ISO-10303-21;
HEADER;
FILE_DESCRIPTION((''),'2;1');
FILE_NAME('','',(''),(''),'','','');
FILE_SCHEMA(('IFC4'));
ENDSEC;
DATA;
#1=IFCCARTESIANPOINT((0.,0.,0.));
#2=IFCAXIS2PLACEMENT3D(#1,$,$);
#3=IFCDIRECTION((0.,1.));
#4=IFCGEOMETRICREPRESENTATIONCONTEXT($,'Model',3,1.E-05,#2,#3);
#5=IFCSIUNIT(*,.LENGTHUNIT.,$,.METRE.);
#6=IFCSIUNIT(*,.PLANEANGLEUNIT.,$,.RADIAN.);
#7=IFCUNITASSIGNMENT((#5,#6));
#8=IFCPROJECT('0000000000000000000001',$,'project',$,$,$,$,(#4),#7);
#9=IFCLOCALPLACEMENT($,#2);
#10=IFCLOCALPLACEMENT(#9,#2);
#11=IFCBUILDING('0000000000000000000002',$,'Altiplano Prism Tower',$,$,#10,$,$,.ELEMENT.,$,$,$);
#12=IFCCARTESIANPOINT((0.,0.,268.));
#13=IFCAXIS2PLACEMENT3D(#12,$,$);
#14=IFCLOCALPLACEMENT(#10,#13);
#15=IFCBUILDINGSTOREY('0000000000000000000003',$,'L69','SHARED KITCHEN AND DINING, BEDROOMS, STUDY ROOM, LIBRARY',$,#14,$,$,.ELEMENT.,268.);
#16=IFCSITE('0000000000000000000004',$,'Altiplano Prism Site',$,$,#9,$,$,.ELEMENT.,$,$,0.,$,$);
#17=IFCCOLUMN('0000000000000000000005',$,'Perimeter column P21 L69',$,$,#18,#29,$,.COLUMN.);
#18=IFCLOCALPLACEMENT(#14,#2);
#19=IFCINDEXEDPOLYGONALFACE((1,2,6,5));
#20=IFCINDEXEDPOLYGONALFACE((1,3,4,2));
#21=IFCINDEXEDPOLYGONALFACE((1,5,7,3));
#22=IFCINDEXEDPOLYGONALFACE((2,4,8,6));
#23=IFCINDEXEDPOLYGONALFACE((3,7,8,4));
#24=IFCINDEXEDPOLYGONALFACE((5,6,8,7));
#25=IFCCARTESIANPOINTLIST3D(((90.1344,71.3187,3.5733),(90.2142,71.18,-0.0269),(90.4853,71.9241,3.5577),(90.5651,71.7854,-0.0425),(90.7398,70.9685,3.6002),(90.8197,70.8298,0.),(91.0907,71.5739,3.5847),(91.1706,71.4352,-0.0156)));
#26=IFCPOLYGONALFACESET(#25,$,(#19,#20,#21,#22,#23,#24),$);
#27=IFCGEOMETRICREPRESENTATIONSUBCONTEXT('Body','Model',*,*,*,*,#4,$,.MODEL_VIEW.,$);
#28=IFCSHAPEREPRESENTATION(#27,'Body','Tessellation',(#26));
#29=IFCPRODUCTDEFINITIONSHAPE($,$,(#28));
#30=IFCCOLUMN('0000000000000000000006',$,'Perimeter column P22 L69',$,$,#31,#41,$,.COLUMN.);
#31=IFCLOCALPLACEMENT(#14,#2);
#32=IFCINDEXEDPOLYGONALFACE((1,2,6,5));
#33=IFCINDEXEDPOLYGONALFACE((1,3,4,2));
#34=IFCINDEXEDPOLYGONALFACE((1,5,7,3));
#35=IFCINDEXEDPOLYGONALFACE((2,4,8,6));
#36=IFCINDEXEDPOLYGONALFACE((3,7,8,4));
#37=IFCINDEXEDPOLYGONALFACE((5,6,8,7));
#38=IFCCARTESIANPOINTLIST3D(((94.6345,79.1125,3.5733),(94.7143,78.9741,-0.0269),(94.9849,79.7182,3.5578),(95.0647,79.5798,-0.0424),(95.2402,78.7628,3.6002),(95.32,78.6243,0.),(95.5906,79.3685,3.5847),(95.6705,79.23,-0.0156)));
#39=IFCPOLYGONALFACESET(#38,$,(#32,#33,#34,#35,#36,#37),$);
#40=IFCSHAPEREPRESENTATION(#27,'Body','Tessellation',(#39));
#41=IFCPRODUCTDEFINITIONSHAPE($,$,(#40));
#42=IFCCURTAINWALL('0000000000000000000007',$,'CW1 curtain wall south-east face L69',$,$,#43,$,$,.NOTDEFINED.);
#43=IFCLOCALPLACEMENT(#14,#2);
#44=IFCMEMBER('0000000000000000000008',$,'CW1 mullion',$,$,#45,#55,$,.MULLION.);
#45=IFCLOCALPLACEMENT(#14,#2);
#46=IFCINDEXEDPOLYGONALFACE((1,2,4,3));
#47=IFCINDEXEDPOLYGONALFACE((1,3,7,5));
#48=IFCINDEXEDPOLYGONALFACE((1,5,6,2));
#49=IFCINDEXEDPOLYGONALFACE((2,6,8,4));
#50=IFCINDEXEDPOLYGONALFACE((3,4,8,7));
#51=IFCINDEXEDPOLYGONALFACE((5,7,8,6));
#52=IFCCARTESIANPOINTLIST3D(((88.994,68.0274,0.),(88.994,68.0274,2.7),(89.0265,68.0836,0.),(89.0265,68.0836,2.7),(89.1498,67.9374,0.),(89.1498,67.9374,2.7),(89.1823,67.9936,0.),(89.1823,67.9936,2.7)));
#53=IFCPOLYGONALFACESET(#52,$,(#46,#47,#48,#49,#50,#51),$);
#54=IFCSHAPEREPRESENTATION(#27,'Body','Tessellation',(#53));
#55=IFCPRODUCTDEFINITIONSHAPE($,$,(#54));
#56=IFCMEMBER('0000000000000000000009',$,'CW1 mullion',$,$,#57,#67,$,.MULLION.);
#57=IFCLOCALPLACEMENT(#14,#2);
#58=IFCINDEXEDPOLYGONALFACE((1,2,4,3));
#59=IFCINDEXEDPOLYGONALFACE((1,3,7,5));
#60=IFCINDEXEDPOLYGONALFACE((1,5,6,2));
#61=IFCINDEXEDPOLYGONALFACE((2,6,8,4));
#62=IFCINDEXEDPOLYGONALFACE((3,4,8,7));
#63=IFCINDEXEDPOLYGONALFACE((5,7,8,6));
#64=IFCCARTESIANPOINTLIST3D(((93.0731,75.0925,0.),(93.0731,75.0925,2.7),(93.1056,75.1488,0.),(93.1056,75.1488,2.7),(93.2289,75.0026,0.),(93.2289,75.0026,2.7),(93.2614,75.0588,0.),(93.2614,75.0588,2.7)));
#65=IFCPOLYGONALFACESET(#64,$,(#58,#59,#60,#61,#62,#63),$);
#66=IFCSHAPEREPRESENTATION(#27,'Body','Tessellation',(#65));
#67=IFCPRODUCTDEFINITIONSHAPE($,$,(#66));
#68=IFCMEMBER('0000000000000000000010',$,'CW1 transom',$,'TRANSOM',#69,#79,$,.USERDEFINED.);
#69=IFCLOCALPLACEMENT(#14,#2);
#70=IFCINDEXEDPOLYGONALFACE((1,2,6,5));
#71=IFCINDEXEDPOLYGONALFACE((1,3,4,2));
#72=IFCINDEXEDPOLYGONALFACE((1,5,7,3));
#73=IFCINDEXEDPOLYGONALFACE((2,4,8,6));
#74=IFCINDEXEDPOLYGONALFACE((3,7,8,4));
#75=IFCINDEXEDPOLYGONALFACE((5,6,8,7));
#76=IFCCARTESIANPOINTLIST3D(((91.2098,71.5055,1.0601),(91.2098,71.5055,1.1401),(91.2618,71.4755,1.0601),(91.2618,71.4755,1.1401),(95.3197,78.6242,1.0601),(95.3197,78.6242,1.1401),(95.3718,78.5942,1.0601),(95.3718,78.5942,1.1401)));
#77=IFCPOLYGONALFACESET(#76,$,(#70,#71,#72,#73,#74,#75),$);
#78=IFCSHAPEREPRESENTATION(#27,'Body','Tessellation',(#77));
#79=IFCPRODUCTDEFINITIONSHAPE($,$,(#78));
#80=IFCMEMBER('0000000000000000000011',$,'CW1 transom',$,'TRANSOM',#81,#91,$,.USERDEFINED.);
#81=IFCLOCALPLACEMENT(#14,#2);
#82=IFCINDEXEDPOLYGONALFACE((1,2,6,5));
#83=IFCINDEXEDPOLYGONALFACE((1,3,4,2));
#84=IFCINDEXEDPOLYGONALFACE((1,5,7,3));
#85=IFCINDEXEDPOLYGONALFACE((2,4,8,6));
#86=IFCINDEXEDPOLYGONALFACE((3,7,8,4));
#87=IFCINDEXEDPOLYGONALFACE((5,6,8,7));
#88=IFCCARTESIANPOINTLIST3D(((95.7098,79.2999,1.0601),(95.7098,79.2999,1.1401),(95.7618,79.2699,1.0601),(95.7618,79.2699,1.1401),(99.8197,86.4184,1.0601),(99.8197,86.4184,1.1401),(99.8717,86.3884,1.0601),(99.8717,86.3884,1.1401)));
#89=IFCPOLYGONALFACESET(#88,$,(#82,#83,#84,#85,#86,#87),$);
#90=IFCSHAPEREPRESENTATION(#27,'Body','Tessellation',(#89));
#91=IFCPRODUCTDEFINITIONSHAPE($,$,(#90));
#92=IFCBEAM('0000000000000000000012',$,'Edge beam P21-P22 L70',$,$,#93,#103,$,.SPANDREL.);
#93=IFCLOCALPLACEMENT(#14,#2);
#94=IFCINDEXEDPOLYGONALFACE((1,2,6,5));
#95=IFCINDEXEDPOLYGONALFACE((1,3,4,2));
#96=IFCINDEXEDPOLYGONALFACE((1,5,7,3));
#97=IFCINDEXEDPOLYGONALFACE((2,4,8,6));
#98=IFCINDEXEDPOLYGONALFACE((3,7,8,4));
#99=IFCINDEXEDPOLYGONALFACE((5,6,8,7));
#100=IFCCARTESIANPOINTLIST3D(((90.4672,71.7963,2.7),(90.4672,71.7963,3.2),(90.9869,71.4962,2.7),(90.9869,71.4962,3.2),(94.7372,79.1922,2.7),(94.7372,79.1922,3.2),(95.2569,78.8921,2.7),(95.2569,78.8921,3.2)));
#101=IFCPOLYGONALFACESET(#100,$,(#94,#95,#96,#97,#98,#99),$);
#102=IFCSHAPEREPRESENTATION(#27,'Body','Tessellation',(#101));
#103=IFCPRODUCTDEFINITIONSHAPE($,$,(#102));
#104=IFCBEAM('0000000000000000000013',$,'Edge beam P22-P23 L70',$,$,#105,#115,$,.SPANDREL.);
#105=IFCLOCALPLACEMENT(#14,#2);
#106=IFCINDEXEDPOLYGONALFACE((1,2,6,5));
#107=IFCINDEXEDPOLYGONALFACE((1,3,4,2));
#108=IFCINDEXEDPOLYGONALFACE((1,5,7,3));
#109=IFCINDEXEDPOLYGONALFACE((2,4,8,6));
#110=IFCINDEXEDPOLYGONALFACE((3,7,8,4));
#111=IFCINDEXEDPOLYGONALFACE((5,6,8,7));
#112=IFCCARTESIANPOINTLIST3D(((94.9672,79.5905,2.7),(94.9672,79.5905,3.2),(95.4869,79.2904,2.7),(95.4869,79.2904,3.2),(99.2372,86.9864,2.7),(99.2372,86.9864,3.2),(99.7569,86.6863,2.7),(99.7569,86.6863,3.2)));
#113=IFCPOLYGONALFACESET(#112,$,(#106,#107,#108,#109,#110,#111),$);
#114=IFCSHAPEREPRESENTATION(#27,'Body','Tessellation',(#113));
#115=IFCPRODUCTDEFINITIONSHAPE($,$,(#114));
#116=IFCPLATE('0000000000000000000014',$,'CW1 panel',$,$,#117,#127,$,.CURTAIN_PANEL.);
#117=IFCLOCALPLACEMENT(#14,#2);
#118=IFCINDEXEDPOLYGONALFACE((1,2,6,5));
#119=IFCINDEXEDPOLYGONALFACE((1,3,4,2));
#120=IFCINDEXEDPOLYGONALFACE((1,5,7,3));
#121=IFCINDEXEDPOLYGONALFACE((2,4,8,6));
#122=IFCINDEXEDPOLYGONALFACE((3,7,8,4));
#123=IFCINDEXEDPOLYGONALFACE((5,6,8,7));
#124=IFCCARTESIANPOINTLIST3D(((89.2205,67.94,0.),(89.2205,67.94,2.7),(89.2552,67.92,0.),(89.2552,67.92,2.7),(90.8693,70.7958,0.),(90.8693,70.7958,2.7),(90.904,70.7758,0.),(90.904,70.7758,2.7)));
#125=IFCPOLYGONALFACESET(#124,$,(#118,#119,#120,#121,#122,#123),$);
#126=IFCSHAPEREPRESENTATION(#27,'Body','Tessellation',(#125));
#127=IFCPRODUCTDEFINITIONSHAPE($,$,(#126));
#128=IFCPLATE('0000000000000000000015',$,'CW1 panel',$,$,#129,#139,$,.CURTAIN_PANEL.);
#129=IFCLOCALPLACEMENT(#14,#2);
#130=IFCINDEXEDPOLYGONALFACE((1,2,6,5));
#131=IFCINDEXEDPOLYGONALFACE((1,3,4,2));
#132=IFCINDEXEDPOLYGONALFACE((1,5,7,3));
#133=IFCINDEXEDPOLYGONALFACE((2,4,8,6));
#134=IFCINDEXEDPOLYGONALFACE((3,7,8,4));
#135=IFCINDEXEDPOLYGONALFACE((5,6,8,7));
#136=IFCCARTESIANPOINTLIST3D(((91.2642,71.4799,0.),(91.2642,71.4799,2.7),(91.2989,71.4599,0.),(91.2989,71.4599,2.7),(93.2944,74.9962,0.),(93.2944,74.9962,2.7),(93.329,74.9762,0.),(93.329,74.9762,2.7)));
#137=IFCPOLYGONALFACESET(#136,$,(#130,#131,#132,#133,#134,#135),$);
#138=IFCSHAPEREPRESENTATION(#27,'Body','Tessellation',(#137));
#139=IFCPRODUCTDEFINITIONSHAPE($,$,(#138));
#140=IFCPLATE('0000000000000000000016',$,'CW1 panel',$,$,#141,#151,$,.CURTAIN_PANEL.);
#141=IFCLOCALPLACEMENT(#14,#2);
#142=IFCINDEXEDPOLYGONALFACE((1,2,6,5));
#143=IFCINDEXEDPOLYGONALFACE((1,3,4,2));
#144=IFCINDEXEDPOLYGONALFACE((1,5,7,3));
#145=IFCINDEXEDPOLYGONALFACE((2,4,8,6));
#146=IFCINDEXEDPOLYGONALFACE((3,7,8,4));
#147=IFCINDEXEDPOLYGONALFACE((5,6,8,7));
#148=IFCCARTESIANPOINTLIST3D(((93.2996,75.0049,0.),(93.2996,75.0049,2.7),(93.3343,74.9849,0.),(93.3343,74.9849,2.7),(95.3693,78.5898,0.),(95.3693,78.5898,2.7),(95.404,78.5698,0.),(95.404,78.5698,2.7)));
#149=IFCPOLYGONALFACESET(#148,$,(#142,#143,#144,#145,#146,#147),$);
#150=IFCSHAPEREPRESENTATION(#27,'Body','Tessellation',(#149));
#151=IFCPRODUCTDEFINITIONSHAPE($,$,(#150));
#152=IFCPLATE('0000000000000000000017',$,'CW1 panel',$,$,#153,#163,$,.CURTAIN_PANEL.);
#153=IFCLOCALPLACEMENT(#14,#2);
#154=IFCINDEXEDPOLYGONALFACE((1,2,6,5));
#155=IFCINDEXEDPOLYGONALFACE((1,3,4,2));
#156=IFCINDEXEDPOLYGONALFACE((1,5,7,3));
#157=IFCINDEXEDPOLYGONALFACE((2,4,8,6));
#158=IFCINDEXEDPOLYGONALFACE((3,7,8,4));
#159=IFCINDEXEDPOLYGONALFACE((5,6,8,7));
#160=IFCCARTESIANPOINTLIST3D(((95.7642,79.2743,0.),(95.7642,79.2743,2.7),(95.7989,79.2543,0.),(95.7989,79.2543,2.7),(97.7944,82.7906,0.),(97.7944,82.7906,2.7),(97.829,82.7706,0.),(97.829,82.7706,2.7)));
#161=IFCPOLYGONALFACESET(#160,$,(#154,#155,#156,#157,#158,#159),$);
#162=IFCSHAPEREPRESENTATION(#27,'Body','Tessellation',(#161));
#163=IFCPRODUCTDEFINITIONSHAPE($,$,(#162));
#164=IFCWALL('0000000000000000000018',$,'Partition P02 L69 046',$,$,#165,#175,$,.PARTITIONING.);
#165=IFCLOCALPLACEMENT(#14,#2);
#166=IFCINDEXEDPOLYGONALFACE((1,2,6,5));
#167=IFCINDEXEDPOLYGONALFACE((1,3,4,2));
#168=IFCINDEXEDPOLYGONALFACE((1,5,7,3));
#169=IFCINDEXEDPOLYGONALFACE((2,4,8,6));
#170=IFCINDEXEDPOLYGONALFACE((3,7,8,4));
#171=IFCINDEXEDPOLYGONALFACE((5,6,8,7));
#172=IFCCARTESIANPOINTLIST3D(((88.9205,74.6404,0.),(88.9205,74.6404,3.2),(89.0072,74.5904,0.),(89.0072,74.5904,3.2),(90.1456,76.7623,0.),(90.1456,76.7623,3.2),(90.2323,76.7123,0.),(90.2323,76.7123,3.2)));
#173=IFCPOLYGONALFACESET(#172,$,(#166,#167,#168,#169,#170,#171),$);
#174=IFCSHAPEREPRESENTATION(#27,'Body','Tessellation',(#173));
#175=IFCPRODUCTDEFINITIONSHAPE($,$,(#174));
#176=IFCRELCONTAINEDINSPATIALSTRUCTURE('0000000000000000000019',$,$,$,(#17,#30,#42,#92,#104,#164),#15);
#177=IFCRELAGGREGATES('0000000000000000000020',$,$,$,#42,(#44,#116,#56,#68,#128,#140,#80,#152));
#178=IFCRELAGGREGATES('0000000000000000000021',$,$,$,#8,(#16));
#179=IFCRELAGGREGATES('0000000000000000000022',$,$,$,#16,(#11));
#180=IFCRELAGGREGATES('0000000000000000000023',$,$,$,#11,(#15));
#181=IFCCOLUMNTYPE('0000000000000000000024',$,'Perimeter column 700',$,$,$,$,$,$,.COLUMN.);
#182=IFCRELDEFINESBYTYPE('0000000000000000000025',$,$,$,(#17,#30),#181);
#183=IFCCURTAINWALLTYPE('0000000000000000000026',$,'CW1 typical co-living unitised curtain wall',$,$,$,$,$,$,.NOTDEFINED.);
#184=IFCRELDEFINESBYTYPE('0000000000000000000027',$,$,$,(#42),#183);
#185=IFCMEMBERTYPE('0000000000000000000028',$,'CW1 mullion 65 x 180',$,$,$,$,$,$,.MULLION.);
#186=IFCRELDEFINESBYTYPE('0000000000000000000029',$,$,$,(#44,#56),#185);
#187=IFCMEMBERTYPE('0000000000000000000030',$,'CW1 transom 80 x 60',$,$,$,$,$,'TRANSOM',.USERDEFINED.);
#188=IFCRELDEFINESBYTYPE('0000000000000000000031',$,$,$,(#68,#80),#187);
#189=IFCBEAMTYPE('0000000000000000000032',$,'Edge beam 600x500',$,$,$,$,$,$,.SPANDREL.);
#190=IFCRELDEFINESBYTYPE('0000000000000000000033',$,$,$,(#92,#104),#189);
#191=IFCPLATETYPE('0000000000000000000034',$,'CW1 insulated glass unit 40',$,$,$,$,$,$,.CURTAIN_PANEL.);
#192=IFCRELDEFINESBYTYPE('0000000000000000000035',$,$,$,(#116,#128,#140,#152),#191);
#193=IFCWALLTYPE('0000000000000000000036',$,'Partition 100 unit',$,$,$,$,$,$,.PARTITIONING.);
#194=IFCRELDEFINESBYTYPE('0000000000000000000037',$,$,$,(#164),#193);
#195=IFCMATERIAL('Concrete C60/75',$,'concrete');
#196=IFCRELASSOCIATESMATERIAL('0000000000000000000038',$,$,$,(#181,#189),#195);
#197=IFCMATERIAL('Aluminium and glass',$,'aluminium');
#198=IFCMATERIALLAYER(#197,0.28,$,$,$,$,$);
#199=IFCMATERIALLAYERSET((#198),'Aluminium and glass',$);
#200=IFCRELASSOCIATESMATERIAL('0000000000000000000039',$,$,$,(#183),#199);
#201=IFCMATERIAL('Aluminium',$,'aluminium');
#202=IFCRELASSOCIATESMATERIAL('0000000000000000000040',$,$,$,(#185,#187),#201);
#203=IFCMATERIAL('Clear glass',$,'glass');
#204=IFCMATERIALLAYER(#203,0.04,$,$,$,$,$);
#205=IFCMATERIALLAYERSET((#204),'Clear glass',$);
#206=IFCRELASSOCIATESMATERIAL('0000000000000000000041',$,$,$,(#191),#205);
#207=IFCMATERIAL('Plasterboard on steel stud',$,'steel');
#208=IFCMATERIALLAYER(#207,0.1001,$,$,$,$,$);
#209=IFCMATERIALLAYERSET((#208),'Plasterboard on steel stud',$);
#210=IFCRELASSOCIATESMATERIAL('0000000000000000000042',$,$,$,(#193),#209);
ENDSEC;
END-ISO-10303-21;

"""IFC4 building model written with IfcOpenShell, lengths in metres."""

from ifc_helpers import new_model, si_unit, direction, frame, frame_2d, origin, origin_2d, place, context, subcontext, project, spatial, rectangle, extrude, material, layer, layer_set, material_profile, profile_set, type_object, element, aggregate, save


model = new_model("IFC4")

# Units and contexts
model_context = context("Model", 3, precision=1e-05, world=origin(), true_north=direction((0.0, 1.0)))
body_context = subcontext(model_context, "Body", "Model", "MODEL_VIEW")
ifc_project = project(units=[si_unit("LENGTHUNIT", "METRE"), si_unit("PLANEANGLEUNIT", "RADIAN")], contexts=[model_context])

# Site, building, storey
site_placement = place(None, origin())
site = spatial("IfcSite", under=ifc_project, at=site_placement, Name="Altiplano Prism Site", CompositionType="ELEMENT", RefElevation=0.0)
building_placement = place(site_placement, origin())
building = spatial("IfcBuilding", under=site, at=building_placement, Name="Altiplano Prism Tower", CompositionType="ELEMENT")
storey_placement = place(building_placement, frame((0.0, 0.0, 268.0)))
storey = spatial("IfcBuildingStorey", under=building, at=storey_placement, Name="L69", Description="SHARED KITCHEN AND DINING, BEDROOMS, STUDY ROOM, LIBRARY", CompositionType="ELEMENT", Elevation=268.0)

# Columns
ifc_material_1 = material(Name="Concrete C60/75", Category="concrete")
ifc_material_profile_1 = material_profile(ifc_material_1, rectangle(XDim=0.7, YDim=0.7, at=origin_2d()), Name="Perimeter column 700")
ifc_profile_set_1 = profile_set([ifc_material_profile_1], Name="Concrete C60/75")
column_type = type_object("IfcColumnType", Name="Perimeter column 700", PredefinedType="COLUMN", material=ifc_profile_set_1)
for number, where, z_axis, x_axis, name in (
    (1, (90.6924, 71.3076, -0.0212), (-0.022154, 0.038481, 0.999014), (-0.501318, -0.864979, 0.022201), "Perimeter column P21 L69"),
    (2, (95.1924, 79.1021, -0.0212), (-0.022154, 0.038413, 0.999016), (-0.500657, -0.865362, 0.022172), "Perimeter column P22 L69"),
):
    element("IfcColumn", number, at=place(storey_placement, frame(where, z_axis=z_axis, x_axis=x_axis)), inside=storey, type_object=column_type, Name=name, PredefinedType="COLUMN", context=body_context, shape_type="SweptSolid", body=[
        extrude(rectangle(XDim=0.7, YDim=0.7, at=origin_2d()), origin(), (0.0, 0.0, 1.0), 3.6038),
    ])

# Curtain wall, members
ifc_material_2 = material(Name="Aluminium and glass", Category="aluminium")
ifc_layer_1 = layer(ifc_material_2, 0.28)
ifc_layer_set_1 = layer_set([ifc_layer_1], Name="Aluminium and glass")
curtain_wall_type = type_object("IfcCurtainWallType", Name="CW1 typical co-living unitised curtain wall", PredefinedType="NOTDEFINED", material=ifc_layer_set_1)
curtain_wall_placement = place(storey_placement, origin())
curtain_wall = element("IfcCurtainWall", 3, at=curtain_wall_placement, inside=storey, type_object=curtain_wall_type, Name="CW1 curtain wall south-east face L69", PredefinedType="NOTDEFINED")
ifc_material_3 = material(Name="Aluminium", Category="aluminium")
ifc_material_profile_2 = material_profile(ifc_material_3, rectangle(XDim=0.1799, YDim=0.0649, at=origin_2d()), Name="CW1 mullion 65 x 180")
ifc_profile_set_2 = profile_set([ifc_material_profile_2], Name="Aluminium")
member_type_1 = type_object("IfcMemberType", Name="CW1 mullion 65 x 180", PredefinedType="MULLION", material=ifc_profile_set_2)
member_1_placement = place(storey_placement, frame((89.0881, 68.0105, 0.0), z_axis=(0.0, 0.0, 1.0), x_axis=(-0.866025, 0.5, 0.0)))
member_1 = element("IfcMember", 4, at=member_1_placement, type_object=member_type_1, Name="CW1 mullion", PredefinedType="MULLION", context=body_context, shape_type="SweptSolid", body=[
    extrude(rectangle(XDim=0.1799, YDim=0.0649, at=origin_2d()), origin(), (0.0, 0.0, 1.0), 2.7),
])
member_2_placement = place(storey_placement, frame((93.1672, 75.0757, 0.0), z_axis=(0.0, 0.0, 1.0), x_axis=(-0.866025, 0.5, 0.0)))
member_2 = element("IfcMember", 5, at=member_2_placement, type_object=member_type_1, Name="CW1 mullion", PredefinedType="MULLION", context=body_context, shape_type="SweptSolid", body=[
    extrude(rectangle(XDim=0.1799, YDim=0.0649, at=origin_2d()), origin(), (0.0, 0.0, 1.0), 2.7),
])
ifc_material_profile_3 = material_profile(ifc_material_3, rectangle(XDim=0.0601, YDim=0.0801, at=origin_2d()), Name="CW1 transom 80 x 60")
ifc_profile_set_3 = profile_set([ifc_material_profile_3], Name="Aluminium")
member_type_2 = type_object("IfcMemberType", Name="CW1 transom 80 x 60", ElementType="TRANSOM", PredefinedType="USERDEFINED", material=ifc_profile_set_3)
member_3_placement = place(storey_placement, frame((91.2358, 71.4905, 1.1001), z_axis=(0.499992, 0.86603, 0.0), x_axis=(-0.86603, 0.499992, 0.0)))
member_3 = element("IfcMember", 6, at=member_3_placement, type_object=member_type_2, Name="CW1 transom", ObjectType="TRANSOM", PredefinedType="USERDEFINED", context=body_context, shape_type="SweptSolid", body=[
    extrude(rectangle(XDim=0.0601, YDim=0.0801, at=origin_2d()), origin(), (0.0, 0.0, 1.0), 8.22),
])
member_4_placement = place(storey_placement, frame((95.7358, 79.2849, 1.1001), z_axis=(0.500004, 0.866023, 0.0), x_axis=(-0.866023, 0.500004, 0.0)))
member_4 = element("IfcMember", 7, at=member_4_placement, type_object=member_type_2, Name="CW1 transom", ObjectType="TRANSOM", PredefinedType="USERDEFINED", context=body_context, shape_type="SweptSolid", body=[
    extrude(rectangle(XDim=0.0601, YDim=0.0801, at=origin_2d()), origin(), (0.0, 0.0, 1.0), 8.2197),
])

# Beams
ifc_material_profile_4 = material_profile(ifc_material_1, rectangle(XDim=0.6001, YDim=0.5, at=origin_2d()), Name="Edge beam 600x500")
ifc_profile_set_4 = profile_set([ifc_material_profile_4], Name="Concrete C60/75")
beam_type = type_object("IfcBeamType", Name="Edge beam 600x500", PredefinedType="SPANDREL", material=ifc_profile_set_4)
for number, where, z_axis, x_axis, name in (
    (8, (90.7271, 71.6462, 2.95), (0.499995, 0.866028, 0.0), (-0.866028, 0.499995, 0.0), "Edge beam P21-P22 L70"),
    (9, (95.2271, 79.4404, 2.95), (0.499995, 0.866028, 0.0), (-0.866028, 0.499995, 0.0), "Edge beam P22-P23 L70"),
):
    element("IfcBeam", number, at=place(storey_placement, frame(where, z_axis=z_axis, x_axis=x_axis)), inside=storey, type_object=beam_type, Name=name, PredefinedType="SPANDREL", context=body_context, shape_type="SweptSolid", body=[
        extrude(rectangle(XDim=0.6001, YDim=0.5, at=origin_2d()), origin(), (0.0, 0.0, 1.0), 8.54),
    ])

# Plates
ifc_material_4 = material(Name="Clear glass", Category="glass")
ifc_layer_2 = layer(ifc_material_4, 0.04)
ifc_layer_set_2 = layer_set([ifc_layer_2], Name="Clear glass")
plate_type = type_object("IfcPlateType", Name="CW1 insulated glass unit 40", PredefinedType="CURTAIN_PANEL", material=ifc_layer_set_2)
plate_1_placement = place(storey_placement, frame((90.0623, 69.3579, 0.0), z_axis=(0.0, 0.0, 1.0), x_axis=(0.5, 0.866025, 0.0)))
plate_1 = element("IfcPlate", 10, at=plate_1_placement, type_object=plate_type, Name="CW1 panel", PredefinedType="CURTAIN_PANEL", context=body_context, shape_type="SweptSolid", body=[
    extrude(rectangle(XDim=3.2976, YDim=0.04, at=origin_2d()), origin(), (0.0, 0.0, 1.0), 2.7),
])
plate_2_placement = place(storey_placement, frame((92.2966, 73.228, 0.0), z_axis=(0.0, 0.0, 1.0), x_axis=(0.5, 0.866025, 0.0)))
plate_2 = element("IfcPlate", 11, at=plate_2_placement, type_object=plate_type, Name="CW1 panel", PredefinedType="CURTAIN_PANEL", context=body_context, shape_type="SweptSolid", body=[
    extrude(rectangle(XDim=4.0603, YDim=0.04, at=origin_2d()), origin(), (0.0, 0.0, 1.0), 2.7),
])
plate_3_placement = place(storey_placement, frame((94.3518, 76.7874, 0.0), z_axis=(0.0, 0.0, 1.0), x_axis=(0.5, 0.866025, 0.0)))
plate_3 = element("IfcPlate", 12, at=plate_3_placement, type_object=plate_type, Name="CW1 panel", PredefinedType="CURTAIN_PANEL", context=body_context, shape_type="SweptSolid", body=[
    extrude(rectangle(XDim=4.1394, YDim=0.04, at=origin_2d()), origin(), (0.0, 0.0, 1.0), 2.7),
])
plate_4_placement = place(storey_placement, frame((96.7966, 81.0225, 0.0), z_axis=(0.0, 0.0, 1.0), x_axis=(0.5, 0.866025, 0.0)))
plate_4 = element("IfcPlate", 13, at=plate_4_placement, type_object=plate_type, Name="CW1 panel", PredefinedType="CURTAIN_PANEL", context=body_context, shape_type="SweptSolid", body=[
    extrude(rectangle(XDim=4.0603, YDim=0.04, at=origin_2d()), origin(), (0.0, 0.0, 1.0), 2.7),
])
aggregate(curtain_wall, [member_1, plate_1, member_2, member_3, plate_2, plate_3, member_4, plate_4])

# Wall
ifc_material_5 = material(Name="Plasterboard on steel stud", Category="steel")
ifc_layer_3 = layer(ifc_material_5, 0.1001)
ifc_layer_set_3 = layer_set([ifc_layer_3], Name="Plasterboard on steel stud")
wall_type_1 = type_object("IfcWallType", Name="Partition 100 unit", PredefinedType="PARTITIONING", material=ifc_layer_set_3)
wall_1_placement = place(storey_placement, frame((90.189, 76.7373, 0.0), z_axis=(0.0, 0.0, 1.0), x_axis=(-0.500019, -0.866015, 0.0)))
element("IfcWall", 14, at=wall_1_placement, inside=storey, type_object=wall_type_1, Name="Partition P02 L69 046", PredefinedType="PARTITIONING", context=body_context, shape_type="SweptSolid", body=[
    extrude(rectangle(XDim=2.4502, YDim=0.1001, at=frame_2d((1.2251, 0.0))), origin(), (0.0, 0.0, 1.0), 3.2),
])

save(model, "model.ifc")
